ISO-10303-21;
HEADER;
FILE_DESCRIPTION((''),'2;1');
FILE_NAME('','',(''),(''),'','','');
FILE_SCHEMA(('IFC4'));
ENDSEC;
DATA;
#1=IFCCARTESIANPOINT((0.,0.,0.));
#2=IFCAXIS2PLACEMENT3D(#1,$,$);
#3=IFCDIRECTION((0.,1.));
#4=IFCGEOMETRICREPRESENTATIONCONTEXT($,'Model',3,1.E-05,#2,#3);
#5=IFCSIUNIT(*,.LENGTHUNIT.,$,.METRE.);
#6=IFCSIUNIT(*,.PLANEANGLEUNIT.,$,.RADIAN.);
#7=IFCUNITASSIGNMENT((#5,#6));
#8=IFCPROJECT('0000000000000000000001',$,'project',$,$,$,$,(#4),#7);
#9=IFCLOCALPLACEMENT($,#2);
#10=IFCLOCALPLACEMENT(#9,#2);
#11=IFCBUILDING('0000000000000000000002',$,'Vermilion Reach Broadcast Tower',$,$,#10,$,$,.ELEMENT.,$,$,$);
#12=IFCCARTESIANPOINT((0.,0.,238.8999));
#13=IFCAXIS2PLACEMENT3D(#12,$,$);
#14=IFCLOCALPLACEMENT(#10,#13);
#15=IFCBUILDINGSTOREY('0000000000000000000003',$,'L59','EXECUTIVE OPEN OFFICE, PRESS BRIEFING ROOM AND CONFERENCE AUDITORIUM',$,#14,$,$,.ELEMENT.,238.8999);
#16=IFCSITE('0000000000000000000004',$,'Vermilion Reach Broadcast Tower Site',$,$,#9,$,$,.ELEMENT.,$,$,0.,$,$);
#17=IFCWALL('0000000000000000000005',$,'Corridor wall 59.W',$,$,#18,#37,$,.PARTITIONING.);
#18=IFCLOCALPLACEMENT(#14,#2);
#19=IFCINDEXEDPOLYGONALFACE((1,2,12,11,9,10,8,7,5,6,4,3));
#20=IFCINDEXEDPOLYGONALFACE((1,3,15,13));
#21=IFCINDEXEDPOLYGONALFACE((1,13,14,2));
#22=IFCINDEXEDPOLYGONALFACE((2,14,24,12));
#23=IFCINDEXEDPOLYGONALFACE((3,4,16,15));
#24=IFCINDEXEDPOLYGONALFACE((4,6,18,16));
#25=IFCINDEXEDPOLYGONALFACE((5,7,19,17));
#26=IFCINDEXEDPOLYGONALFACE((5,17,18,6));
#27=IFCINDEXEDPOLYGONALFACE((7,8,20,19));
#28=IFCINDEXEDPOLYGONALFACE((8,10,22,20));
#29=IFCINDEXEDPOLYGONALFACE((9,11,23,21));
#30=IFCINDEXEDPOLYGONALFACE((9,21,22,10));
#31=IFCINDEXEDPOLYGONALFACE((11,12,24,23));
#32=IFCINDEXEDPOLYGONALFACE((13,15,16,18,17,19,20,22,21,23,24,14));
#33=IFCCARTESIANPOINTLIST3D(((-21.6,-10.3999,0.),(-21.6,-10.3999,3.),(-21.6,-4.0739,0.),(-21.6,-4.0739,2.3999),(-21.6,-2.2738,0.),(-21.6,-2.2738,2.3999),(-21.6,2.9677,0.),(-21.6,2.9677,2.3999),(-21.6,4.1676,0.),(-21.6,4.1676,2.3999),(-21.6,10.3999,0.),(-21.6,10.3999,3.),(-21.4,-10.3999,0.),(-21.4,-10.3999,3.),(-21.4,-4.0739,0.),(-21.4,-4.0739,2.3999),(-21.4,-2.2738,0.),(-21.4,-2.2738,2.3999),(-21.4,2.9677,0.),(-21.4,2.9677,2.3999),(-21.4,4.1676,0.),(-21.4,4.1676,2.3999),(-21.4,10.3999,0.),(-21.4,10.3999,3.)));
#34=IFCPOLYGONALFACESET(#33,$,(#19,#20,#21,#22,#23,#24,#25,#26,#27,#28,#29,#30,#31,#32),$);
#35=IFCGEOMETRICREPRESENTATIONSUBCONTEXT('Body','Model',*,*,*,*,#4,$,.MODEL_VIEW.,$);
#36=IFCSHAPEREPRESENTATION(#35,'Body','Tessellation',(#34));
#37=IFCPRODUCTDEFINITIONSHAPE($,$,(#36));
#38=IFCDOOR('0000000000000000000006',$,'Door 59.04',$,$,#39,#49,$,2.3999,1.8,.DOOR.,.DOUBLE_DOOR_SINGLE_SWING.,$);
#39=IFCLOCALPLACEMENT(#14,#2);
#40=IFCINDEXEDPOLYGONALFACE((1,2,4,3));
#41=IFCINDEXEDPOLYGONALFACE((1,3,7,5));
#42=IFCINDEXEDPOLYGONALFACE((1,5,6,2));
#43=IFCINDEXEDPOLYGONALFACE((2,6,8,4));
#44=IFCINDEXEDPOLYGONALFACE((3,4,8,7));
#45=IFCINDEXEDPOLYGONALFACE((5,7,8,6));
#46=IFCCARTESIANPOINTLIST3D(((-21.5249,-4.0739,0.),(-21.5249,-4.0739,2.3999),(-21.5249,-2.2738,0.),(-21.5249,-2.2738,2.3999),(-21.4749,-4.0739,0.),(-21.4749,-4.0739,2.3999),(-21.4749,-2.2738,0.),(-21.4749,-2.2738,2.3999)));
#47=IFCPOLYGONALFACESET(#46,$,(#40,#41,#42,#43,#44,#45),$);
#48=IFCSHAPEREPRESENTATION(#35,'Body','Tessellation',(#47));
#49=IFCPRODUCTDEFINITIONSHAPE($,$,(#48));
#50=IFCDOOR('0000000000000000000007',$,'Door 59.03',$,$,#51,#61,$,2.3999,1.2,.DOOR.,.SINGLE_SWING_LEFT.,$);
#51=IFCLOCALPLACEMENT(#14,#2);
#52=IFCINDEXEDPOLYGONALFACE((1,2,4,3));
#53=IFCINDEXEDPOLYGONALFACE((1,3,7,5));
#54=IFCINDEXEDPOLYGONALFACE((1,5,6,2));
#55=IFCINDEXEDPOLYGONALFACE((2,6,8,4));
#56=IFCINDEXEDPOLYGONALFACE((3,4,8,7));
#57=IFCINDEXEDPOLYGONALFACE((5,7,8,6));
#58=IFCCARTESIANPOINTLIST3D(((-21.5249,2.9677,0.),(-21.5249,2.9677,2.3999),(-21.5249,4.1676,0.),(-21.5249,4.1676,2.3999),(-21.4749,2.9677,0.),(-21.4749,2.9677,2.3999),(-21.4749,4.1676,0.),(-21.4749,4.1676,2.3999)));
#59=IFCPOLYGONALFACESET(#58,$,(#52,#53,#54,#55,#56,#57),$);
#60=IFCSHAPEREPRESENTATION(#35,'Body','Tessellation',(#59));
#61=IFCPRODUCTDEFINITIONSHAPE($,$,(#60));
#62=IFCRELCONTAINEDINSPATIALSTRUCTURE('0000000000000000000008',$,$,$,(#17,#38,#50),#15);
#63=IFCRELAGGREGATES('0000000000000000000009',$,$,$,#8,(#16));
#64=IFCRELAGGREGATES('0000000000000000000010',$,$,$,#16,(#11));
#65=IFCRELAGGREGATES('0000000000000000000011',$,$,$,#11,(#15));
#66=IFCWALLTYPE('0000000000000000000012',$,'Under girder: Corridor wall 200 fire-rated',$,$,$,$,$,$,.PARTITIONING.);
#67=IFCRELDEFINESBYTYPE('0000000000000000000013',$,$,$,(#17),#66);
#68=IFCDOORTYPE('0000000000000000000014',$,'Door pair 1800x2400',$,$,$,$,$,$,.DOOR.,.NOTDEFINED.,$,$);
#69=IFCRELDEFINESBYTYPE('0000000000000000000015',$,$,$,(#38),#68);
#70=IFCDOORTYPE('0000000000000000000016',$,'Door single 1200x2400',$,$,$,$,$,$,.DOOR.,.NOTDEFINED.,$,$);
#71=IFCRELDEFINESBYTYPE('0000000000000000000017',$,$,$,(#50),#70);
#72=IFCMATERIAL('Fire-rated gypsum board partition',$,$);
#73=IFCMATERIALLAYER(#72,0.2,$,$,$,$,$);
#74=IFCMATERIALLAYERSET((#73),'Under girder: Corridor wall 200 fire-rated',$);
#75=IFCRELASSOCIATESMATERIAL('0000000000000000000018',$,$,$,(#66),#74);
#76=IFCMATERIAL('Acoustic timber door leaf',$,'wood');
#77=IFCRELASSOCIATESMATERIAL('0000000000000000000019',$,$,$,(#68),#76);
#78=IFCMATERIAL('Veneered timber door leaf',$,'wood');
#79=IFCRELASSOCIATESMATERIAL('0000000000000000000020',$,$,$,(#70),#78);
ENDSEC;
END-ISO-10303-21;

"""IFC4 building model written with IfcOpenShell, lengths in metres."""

from ifc_helpers import new_model, si_unit, direction, frame, frame_2d, origin, place, context, subcontext, project, spatial, rectangle, extrude, material, layer, layer_set, type_object, element, fill, save


model = new_model("IFC4")

# Units and contexts
model_context = context("Model", 3, precision=1e-05, world=origin(), true_north=direction((0.0, 1.0)))
body_context = subcontext(model_context, "Body", "Model", "MODEL_VIEW")
ifc_project = project(units=[si_unit("LENGTHUNIT", "METRE"), si_unit("PLANEANGLEUNIT", "RADIAN")], contexts=[model_context])

# Site, building, storey
site_placement = place(None, origin())
site = spatial("IfcSite", under=ifc_project, at=site_placement, Name="Vermilion Reach Broadcast Tower Site", CompositionType="ELEMENT", RefElevation=0.0)
building_placement = place(site_placement, origin())
building = spatial("IfcBuilding", under=site, at=building_placement, Name="Vermilion Reach Broadcast Tower", CompositionType="ELEMENT")
storey_placement = place(building_placement, frame((0.0, 0.0, 238.8999)))
storey = spatial("IfcBuildingStorey", under=building, at=storey_placement, Name="L59", Description="EXECUTIVE OPEN OFFICE, PRESS BRIEFING ROOM AND CONFERENCE AUDITORIUM", CompositionType="ELEMENT", Elevation=238.8999)

# Wall, openings, doors
ifc_material_1 = material(Name="Fire-rated gypsum board partition")
ifc_layer_1 = layer(ifc_material_1, 0.2)
ifc_layer_set_1 = layer_set([ifc_layer_1], Name="Under girder: Corridor wall 200 fire-rated")
wall_type_1 = type_object("IfcWallType", Name="Under girder: Corridor wall 200 fire-rated", PredefinedType="PARTITIONING", material=ifc_layer_set_1)
wall_1_placement = place(storey_placement, frame((-21.5, -10.3999, 0.0), z_axis=(0.0, 0.0, 1.0), x_axis=(0.0, 1.0, 0.0)))
wall_1 = element("IfcWall", 1, at=wall_1_placement, inside=storey, type_object=wall_type_1, Name="Corridor wall 59.W", PredefinedType="PARTITIONING", context=body_context, shape_type="SweptSolid", body=[
    extrude(rectangle(XDim=20.7998, YDim=0.2, at=frame_2d((10.3999, 0.0))), origin(), (0.0, 0.0, 1.0), 3.0),
])
opening_1_placement = place(wall_1_placement, frame((13.3674, 0.0, 0.0)))
opening_1 = element("IfcOpeningElement", 2, at=opening_1_placement, cuts=wall_1, PredefinedType="OPENING", context=body_context, shape_type="SweptSolid", body=[
    extrude(rectangle(XDim=1.2, YDim=2.3999, at=frame_2d((0.6001, 1.2))), frame((0.0, 0.1099, 0.0), z_axis=(0.0, -1.0, 0.0), x_axis=(1.0, 0.0, 0.0)), (0.0, 0.0, 1.0), 0.22),
])
opening_2_placement = place(wall_1_placement, frame((6.3262, 0.0, 0.0)))
opening_2 = element("IfcOpeningElement", 3, at=opening_2_placement, cuts=wall_1, PredefinedType="OPENING", context=body_context, shape_type="SweptSolid", body=[
    extrude(rectangle(XDim=1.8, YDim=2.3999, at=frame_2d((0.8999, 1.2))), frame((0.0, 0.1099, 0.0), z_axis=(0.0, -1.0, 0.0), x_axis=(1.0, 0.0, 0.0)), (0.0, 0.0, 1.0), 0.22),
])
ifc_material_2 = material(Name="Acoustic timber door leaf", Category="wood")
door_type_1 = type_object("IfcDoorType", Name="Door pair 1800x2400", OperationType="NOTDEFINED", PredefinedType="DOOR", material=ifc_material_2)
door_1_placement = place(opening_2_placement, origin())
door_1 = element("IfcDoor", 4, at=door_1_placement, inside=storey, type_object=door_type_1, Name="Door 59.04", OperationType="DOUBLE_DOOR_SINGLE_SWING", OverallHeight=2.3999, OverallWidth=1.8, PredefinedType="DOOR", context=body_context, shape_type="SweptSolid", body=[
    extrude(rectangle(XDim=1.8, YDim=2.3999, at=frame_2d((0.8999, 1.2))), frame((0.0, 0.0249, 0.0), z_axis=(0.0, -1.0, 0.0), x_axis=(1.0, 0.0, 0.0)), (0.0, 0.0, 1.0), 0.05),
])
fill(opening_2, door_1)
ifc_material_3 = material(Name="Veneered timber door leaf", Category="wood")
door_type_2 = type_object("IfcDoorType", Name="Door single 1200x2400", OperationType="NOTDEFINED", PredefinedType="DOOR", material=ifc_material_3)
door_2_placement = place(opening_1_placement, origin())
door_2 = element("IfcDoor", 5, at=door_2_placement, inside=storey, type_object=door_type_2, Name="Door 59.03", OperationType="SINGLE_SWING_LEFT", OverallHeight=2.3999, OverallWidth=1.2, PredefinedType="DOOR", context=body_context, shape_type="SweptSolid", body=[
    extrude(rectangle(XDim=1.2, YDim=2.3999, at=frame_2d((0.6001, 1.2))), frame((0.0, 0.0249, 0.0), z_axis=(0.0, -1.0, 0.0), x_axis=(1.0, 0.0, 0.0)), (0.0, 0.0, 1.0), 0.05),
])
fill(opening_1, door_2)

save(model, "model.ifc")
